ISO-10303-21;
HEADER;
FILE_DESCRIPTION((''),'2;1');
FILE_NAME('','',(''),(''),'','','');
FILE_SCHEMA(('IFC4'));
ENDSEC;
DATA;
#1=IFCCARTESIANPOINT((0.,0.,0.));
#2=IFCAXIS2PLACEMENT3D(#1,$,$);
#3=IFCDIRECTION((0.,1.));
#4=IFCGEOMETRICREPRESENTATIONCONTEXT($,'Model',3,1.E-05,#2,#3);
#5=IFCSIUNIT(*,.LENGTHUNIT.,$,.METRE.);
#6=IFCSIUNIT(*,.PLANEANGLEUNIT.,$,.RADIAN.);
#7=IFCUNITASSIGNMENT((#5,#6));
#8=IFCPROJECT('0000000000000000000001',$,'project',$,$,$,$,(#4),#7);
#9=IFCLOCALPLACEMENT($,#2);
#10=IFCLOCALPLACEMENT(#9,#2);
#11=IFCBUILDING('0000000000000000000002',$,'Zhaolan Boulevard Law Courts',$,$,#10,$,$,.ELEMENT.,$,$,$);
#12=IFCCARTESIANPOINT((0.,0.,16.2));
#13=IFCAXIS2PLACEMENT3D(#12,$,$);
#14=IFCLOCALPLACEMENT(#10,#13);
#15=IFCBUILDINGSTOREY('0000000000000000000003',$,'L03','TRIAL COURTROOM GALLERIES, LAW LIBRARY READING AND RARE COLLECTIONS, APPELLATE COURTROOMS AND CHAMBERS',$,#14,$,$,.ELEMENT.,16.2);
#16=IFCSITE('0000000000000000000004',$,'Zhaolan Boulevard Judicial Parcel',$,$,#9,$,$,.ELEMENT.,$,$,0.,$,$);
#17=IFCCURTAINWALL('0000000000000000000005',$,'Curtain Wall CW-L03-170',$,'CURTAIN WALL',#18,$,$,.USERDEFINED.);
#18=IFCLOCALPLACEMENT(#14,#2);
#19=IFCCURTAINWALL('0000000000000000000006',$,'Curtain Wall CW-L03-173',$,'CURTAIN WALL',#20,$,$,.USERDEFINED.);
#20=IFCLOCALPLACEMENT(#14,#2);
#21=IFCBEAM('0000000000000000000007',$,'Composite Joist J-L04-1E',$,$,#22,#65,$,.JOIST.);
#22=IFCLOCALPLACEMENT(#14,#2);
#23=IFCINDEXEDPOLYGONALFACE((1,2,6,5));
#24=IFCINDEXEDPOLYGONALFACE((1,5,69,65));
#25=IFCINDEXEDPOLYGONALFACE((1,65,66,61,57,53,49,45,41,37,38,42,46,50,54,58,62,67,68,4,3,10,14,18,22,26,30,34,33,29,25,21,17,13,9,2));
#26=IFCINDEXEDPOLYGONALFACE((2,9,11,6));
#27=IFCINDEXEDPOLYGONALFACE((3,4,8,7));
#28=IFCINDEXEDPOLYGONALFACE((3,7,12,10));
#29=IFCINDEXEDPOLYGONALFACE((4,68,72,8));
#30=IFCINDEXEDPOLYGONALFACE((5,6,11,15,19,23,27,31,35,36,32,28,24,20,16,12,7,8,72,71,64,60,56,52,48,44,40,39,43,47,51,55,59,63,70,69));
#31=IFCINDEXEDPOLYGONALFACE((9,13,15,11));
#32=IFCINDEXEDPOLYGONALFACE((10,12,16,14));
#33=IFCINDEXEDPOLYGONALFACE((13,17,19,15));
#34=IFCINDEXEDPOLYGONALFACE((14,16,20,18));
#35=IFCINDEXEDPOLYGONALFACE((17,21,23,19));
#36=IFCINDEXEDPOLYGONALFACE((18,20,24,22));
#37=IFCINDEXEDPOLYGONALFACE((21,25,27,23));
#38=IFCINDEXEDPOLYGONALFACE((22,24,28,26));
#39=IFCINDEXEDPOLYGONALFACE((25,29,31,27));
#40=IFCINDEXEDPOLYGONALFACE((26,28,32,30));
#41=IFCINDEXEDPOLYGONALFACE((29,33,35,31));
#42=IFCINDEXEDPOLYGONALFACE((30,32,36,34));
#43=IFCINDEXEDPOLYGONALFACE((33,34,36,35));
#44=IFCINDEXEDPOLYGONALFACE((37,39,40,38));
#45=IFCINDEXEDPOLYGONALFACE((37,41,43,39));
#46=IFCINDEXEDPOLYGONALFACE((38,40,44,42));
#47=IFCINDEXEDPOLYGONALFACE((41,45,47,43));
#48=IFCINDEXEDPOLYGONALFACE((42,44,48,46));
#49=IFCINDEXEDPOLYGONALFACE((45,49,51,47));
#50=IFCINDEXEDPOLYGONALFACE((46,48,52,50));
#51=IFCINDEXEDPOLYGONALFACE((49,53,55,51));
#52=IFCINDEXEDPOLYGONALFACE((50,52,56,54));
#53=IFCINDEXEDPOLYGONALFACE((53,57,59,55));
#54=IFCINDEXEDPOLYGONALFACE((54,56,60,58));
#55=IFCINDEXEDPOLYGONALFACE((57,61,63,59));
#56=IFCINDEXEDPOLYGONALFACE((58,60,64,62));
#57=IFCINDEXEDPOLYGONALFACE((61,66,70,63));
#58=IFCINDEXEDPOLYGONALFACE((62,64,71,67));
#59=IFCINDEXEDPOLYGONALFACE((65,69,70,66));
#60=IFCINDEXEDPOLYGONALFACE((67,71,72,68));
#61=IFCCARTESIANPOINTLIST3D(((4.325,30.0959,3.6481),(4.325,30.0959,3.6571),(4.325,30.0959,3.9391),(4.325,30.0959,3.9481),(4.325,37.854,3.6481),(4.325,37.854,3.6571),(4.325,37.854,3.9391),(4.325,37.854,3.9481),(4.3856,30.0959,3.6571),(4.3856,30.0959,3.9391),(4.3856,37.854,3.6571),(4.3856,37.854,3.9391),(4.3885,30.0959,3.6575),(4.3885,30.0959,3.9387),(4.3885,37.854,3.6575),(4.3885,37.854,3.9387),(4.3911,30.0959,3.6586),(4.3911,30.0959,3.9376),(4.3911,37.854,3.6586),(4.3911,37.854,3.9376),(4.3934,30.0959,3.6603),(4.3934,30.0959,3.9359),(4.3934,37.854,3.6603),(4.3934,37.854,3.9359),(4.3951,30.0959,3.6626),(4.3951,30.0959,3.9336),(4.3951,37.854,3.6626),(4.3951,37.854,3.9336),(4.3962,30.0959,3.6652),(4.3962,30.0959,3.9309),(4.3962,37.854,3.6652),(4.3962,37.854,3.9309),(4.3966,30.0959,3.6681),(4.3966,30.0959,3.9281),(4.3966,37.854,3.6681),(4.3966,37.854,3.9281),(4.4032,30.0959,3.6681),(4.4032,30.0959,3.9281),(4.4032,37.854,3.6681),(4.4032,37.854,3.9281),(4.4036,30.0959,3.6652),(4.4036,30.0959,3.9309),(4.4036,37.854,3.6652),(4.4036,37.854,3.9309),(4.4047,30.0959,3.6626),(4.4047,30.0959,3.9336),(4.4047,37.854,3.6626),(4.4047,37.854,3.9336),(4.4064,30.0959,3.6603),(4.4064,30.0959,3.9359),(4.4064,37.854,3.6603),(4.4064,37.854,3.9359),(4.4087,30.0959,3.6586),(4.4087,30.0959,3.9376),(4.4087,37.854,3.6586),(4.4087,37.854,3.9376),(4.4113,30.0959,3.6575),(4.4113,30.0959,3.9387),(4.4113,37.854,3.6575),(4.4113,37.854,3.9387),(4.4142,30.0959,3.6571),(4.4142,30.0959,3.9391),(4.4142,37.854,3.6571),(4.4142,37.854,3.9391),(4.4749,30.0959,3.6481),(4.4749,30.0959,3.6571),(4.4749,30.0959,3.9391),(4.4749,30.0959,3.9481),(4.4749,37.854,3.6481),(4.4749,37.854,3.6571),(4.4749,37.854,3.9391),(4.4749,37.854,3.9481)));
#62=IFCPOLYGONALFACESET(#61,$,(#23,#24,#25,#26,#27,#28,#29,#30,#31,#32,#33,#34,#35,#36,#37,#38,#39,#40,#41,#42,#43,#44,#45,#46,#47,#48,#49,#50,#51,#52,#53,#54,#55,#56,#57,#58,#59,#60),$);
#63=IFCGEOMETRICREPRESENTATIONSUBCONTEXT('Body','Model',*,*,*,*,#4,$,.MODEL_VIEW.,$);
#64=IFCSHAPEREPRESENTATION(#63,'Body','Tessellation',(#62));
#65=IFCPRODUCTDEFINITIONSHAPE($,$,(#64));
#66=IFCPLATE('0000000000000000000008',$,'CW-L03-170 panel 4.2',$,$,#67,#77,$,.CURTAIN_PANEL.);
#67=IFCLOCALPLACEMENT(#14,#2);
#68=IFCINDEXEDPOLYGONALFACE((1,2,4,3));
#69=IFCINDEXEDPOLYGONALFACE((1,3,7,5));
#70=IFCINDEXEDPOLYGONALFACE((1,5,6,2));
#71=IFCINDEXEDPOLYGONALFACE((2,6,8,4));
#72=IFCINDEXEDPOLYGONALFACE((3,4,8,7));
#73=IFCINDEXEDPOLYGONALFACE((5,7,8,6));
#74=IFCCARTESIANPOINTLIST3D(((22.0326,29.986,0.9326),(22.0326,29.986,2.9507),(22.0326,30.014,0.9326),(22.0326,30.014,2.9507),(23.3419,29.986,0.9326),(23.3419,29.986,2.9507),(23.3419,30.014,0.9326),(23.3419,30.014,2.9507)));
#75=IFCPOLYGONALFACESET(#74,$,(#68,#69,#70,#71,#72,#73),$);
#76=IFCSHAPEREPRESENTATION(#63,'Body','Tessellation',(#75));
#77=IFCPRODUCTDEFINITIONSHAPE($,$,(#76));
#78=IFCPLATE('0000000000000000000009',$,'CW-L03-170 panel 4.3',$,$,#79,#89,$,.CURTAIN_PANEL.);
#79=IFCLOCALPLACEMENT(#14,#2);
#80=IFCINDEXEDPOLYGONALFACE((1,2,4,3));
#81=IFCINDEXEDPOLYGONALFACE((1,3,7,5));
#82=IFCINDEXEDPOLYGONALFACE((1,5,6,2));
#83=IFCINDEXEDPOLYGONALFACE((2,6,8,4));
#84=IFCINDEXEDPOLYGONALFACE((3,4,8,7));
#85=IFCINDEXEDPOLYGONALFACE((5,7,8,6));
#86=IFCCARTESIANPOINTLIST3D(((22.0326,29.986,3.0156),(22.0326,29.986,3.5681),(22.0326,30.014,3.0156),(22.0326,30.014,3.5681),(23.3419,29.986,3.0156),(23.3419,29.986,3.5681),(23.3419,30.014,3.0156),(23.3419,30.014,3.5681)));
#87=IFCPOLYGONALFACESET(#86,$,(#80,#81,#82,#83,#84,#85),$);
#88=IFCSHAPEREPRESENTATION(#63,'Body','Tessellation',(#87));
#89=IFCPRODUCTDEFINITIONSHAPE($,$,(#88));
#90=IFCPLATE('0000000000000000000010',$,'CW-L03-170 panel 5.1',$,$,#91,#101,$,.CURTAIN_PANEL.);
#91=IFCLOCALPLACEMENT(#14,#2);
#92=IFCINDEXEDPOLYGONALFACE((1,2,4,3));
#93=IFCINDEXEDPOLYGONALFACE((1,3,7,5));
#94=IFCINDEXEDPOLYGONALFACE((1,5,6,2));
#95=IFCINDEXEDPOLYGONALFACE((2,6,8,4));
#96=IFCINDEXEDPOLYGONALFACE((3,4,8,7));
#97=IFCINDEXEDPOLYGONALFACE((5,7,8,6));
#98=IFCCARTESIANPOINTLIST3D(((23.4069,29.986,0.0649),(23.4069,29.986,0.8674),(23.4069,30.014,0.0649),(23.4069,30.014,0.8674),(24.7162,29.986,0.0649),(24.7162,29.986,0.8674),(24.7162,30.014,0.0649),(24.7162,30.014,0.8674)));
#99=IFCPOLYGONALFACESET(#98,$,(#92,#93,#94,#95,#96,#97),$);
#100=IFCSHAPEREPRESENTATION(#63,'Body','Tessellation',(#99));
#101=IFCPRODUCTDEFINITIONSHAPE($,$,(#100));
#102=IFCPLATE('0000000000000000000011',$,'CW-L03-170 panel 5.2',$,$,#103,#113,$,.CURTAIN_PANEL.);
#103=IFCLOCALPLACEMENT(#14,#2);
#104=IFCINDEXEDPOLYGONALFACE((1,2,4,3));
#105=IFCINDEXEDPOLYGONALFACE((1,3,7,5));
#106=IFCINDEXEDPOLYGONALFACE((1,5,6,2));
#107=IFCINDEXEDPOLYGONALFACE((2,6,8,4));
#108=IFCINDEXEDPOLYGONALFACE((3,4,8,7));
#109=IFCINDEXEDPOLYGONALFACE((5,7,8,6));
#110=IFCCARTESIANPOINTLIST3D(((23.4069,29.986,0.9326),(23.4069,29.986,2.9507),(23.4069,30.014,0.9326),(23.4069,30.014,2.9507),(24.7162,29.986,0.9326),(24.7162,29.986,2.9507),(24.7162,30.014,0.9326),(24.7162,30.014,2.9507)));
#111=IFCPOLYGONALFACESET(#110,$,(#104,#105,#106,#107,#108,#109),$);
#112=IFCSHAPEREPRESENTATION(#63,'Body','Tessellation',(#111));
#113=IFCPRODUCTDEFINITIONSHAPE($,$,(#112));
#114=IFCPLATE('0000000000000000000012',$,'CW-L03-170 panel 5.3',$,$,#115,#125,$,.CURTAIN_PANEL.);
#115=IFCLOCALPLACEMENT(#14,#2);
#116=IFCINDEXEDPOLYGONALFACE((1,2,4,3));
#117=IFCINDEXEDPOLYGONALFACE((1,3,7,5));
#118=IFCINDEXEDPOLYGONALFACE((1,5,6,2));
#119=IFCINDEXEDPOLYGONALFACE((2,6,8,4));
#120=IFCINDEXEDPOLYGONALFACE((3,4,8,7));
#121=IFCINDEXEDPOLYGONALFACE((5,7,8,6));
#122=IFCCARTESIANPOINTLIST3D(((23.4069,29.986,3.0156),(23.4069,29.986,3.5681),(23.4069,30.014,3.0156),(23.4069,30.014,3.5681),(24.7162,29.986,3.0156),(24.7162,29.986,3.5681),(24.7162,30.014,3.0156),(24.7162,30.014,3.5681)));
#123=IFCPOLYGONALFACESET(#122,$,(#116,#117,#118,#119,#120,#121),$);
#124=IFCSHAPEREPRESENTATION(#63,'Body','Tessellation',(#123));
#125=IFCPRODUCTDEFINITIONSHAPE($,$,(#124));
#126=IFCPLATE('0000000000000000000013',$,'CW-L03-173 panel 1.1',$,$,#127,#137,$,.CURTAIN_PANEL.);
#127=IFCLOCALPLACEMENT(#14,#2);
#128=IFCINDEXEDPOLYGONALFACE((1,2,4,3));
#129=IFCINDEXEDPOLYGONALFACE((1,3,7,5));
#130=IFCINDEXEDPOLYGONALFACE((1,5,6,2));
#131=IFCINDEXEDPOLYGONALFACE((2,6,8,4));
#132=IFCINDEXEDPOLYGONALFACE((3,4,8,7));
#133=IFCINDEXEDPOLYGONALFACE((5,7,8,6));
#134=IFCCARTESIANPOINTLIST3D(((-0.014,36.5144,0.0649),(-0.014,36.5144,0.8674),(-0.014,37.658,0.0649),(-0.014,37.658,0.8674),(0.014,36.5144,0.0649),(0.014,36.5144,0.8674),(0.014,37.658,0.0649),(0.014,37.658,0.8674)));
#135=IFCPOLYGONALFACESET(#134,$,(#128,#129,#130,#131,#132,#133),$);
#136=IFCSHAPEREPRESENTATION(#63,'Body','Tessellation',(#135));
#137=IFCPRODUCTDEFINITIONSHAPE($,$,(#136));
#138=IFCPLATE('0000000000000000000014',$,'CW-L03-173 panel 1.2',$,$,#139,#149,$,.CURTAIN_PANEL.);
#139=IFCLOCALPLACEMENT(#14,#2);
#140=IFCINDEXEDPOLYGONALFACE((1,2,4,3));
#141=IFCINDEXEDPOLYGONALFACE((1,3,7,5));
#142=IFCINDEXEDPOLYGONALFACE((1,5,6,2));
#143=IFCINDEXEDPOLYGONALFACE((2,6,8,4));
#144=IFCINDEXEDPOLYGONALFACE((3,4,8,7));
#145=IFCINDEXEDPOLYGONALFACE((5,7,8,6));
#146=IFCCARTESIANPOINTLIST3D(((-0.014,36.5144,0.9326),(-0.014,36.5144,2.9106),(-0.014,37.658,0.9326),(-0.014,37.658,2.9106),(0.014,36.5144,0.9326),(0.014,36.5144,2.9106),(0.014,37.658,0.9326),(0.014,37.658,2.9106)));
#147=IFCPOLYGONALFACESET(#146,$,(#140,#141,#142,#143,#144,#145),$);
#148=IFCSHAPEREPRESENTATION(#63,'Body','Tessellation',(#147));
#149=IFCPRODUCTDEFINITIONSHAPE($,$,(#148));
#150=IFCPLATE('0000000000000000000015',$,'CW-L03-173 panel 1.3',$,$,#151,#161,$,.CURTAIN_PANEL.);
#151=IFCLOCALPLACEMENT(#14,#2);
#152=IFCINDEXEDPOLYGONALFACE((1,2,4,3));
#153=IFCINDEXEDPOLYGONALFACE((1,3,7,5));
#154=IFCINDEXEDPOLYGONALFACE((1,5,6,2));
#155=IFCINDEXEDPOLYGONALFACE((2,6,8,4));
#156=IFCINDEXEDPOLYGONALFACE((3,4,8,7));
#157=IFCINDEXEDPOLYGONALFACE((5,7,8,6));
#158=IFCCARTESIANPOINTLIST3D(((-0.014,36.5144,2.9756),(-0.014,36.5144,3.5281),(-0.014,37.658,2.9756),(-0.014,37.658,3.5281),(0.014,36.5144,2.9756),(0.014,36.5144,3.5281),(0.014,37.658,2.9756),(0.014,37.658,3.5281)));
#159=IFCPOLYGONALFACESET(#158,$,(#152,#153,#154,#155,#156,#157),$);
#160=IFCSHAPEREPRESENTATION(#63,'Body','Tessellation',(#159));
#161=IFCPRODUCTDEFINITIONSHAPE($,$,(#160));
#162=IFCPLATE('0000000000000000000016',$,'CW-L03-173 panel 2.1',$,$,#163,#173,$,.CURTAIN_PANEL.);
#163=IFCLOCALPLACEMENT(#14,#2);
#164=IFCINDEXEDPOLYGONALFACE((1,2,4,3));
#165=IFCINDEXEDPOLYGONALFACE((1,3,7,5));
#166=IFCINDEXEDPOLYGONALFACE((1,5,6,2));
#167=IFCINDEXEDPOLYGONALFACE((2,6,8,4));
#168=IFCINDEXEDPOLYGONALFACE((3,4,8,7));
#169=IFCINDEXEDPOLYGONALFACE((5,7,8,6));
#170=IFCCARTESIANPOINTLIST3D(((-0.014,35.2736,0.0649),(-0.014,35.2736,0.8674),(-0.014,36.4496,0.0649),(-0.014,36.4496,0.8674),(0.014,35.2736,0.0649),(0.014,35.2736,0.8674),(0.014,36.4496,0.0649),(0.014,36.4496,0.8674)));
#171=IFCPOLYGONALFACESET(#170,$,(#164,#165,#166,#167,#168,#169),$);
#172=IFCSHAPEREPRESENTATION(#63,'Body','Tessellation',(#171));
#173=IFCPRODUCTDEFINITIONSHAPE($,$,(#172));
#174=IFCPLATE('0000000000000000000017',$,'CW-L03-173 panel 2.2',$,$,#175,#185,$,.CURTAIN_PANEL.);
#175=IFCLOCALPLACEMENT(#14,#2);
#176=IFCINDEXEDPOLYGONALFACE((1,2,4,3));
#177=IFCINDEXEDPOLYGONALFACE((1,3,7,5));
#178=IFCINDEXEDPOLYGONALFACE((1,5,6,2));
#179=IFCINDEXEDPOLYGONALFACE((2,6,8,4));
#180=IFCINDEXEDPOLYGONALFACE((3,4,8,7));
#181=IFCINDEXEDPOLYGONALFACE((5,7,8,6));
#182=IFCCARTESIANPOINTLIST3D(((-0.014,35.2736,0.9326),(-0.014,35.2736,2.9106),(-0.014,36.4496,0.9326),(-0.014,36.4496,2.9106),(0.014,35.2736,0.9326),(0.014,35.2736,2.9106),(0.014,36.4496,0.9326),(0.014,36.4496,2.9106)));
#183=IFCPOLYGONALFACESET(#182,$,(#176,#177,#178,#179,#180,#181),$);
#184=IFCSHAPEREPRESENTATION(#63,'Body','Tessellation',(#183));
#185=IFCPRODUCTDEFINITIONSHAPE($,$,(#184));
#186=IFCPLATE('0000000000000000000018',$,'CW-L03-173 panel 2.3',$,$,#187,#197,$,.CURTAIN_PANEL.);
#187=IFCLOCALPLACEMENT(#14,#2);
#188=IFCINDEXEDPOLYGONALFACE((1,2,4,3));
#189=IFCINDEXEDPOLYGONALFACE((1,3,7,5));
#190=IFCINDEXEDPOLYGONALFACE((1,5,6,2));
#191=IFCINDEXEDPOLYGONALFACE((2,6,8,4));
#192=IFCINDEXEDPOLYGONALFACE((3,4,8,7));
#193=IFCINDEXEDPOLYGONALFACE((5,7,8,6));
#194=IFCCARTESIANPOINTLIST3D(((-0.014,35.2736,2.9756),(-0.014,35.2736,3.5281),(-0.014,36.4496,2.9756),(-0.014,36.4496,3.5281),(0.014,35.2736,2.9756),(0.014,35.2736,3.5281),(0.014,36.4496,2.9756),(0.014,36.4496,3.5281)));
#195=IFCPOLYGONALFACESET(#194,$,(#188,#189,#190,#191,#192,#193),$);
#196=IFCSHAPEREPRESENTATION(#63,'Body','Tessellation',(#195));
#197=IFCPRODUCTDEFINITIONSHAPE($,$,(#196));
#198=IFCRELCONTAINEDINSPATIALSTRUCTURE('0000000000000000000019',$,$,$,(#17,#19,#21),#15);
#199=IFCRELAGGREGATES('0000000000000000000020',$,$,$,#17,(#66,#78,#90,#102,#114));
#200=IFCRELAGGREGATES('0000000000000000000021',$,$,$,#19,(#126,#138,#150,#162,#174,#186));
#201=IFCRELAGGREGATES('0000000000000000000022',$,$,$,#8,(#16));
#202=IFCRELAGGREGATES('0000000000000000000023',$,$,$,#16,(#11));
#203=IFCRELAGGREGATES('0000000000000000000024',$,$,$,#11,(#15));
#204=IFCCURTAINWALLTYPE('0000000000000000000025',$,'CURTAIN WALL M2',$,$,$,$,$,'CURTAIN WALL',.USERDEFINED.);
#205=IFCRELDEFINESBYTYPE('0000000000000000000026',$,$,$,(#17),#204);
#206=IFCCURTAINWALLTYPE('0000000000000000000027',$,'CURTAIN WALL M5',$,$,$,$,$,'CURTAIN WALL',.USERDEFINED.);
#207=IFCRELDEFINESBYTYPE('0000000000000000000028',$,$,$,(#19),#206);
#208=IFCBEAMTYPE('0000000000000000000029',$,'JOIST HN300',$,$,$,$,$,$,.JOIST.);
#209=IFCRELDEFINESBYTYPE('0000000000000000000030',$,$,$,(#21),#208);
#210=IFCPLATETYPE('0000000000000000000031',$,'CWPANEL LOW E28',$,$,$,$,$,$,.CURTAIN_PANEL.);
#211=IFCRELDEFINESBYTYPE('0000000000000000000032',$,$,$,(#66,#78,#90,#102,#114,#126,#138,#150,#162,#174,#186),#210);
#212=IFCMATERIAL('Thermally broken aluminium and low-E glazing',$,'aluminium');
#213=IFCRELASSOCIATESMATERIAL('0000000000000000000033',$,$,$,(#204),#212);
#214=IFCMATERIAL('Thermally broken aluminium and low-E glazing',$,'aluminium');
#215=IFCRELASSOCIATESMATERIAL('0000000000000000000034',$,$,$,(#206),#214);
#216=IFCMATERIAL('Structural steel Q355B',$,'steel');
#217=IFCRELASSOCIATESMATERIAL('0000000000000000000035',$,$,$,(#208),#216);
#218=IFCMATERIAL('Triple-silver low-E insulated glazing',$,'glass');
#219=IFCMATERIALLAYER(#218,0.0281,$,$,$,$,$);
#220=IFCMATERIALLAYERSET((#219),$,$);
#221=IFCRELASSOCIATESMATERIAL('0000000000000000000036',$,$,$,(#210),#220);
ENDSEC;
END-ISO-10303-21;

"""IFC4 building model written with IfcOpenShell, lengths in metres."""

from ifc_helpers import new_model, si_unit, direction, frame, origin, origin_2d, place, context, subcontext, project, spatial, rectangle, i_section, extrude, material, layer, layer_set, material_profile, profile_set, type_object, element, aggregate, save


model = new_model("IFC4")

# Units and contexts
model_context = context("Model", 3, precision=1e-05, world=origin(), true_north=direction((0.0, 1.0)))
body_context = subcontext(model_context, "Body", "Model", "MODEL_VIEW")
ifc_project = project(units=[si_unit("LENGTHUNIT", "METRE"), si_unit("PLANEANGLEUNIT", "RADIAN")], contexts=[model_context])

# Site, building, storey
site_placement = place(None, origin())
site = spatial("IfcSite", under=ifc_project, at=site_placement, Name="Zhaolan Boulevard Judicial Parcel", CompositionType="ELEMENT", RefElevation=0.0)
building_placement = place(site_placement, origin())
building = spatial("IfcBuilding", under=site, at=building_placement, Name="Zhaolan Boulevard Law Courts", CompositionType="ELEMENT")
storey_placement = place(building_placement, frame((0.0, 0.0, 16.2)))
storey = spatial("IfcBuildingStorey", under=building, at=storey_placement, Name="L03", Description="TRIAL COURTROOM GALLERIES, LAW LIBRARY READING AND RARE COLLECTIONS, APPELLATE COURTROOMS AND CHAMBERS", CompositionType="ELEMENT", Elevation=16.2)

# Curtain walls
ifc_material_1 = material(Name="Thermally broken aluminium and low-E glazing", Category="aluminium")
curtain_wall_type_1 = type_object("IfcCurtainWallType", Name="CURTAIN WALL M2", ElementType="CURTAIN WALL", PredefinedType="USERDEFINED", material=ifc_material_1)
curtain_wall_1_placement = place(storey_placement, origin())
curtain_wall_1 = element("IfcCurtainWall", 1, at=curtain_wall_1_placement, inside=storey, type_object=curtain_wall_type_1, Name="Curtain Wall CW-L03-170", ObjectType="CURTAIN WALL", PredefinedType="USERDEFINED")
ifc_material_2 = material(Name="Thermally broken aluminium and low-E glazing", Category="aluminium")
curtain_wall_type_2 = type_object("IfcCurtainWallType", Name="CURTAIN WALL M5", ElementType="CURTAIN WALL", PredefinedType="USERDEFINED", material=ifc_material_2)
curtain_wall_2_placement = place(storey_placement, origin())
curtain_wall_2 = element("IfcCurtainWall", 2, at=curtain_wall_2_placement, inside=storey, type_object=curtain_wall_type_2, Name="Curtain Wall CW-L03-173", ObjectType="CURTAIN WALL", PredefinedType="USERDEFINED")

# Beam
ifc_material_3 = material(Name="Structural steel Q355B", Category="steel")
ifc_material_profile_1 = material_profile(ifc_material_3, i_section(OverallWidth=0.1499, OverallDepth=0.3, WebThickness=0.0066, FlangeThickness=0.009, FilletRadius=0.011, at=origin_2d()), Name="HN300x150")
ifc_profile_set_1 = profile_set([ifc_material_profile_1], Name="Structural steel Q355B")
beam_type_1 = type_object("IfcBeamType", Name="JOIST HN300", PredefinedType="JOIST", material=ifc_profile_set_1)
beam_1_placement = place(storey_placement, frame((4.3999, 30.0959, 3.7981), z_axis=(0.0, 1.0, 0.0), x_axis=(-1.0, 0.0, 0.0)))
element("IfcBeam", 3, at=beam_1_placement, inside=storey, type_object=beam_type_1, Name="Composite Joist J-L04-1E", PredefinedType="JOIST", context=body_context, shape_type="SweptSolid", body=[
    extrude(i_section(OverallWidth=0.1499, OverallDepth=0.3, WebThickness=0.0066, FlangeThickness=0.009, FilletRadius=0.011, at=origin_2d()), origin(), (0.0, 0.0, 1.0), 7.7581),
])

# Plates
ifc_material_4 = material(Name="Triple-silver low-E insulated glazing", Category="glass")
ifc_layer_1 = layer(ifc_material_4, 0.0281)
ifc_layer_set_1 = layer_set([ifc_layer_1])
plate_type = type_object("IfcPlateType", Name="CWPANEL LOW E28", PredefinedType="CURTAIN_PANEL", material=ifc_layer_set_1)
plate_1_placement = place(storey_placement, frame((22.6873, 30.0, 0.9326), z_axis=(0.0, 0.0, 1.0), x_axis=(1.0, 0.0, 0.0)))
plate_1 = element("IfcPlate", 4, at=plate_1_placement, type_object=plate_type, Name="CW-L03-170 panel 4.2", PredefinedType="CURTAIN_PANEL", context=body_context, shape_type="SweptSolid", body=[
    extrude(rectangle(XDim=1.3093, YDim=0.0281, at=origin_2d()), origin(), (0.0, 0.0, 1.0), 2.0181),
])
plate_2_placement = place(storey_placement, frame((22.6873, 30.0, 3.0156), z_axis=(0.0, 0.0, 1.0), x_axis=(1.0, 0.0, 0.0)))
plate_2 = element("IfcPlate", 5, at=plate_2_placement, type_object=plate_type, Name="CW-L03-170 panel 4.3", PredefinedType="CURTAIN_PANEL", context=body_context, shape_type="SweptSolid", body=[
    extrude(rectangle(XDim=1.3093, YDim=0.0281, at=origin_2d()), origin(), (0.0, 0.0, 1.0), 0.5525),
])
plate_3_placement = place(storey_placement, frame((24.0615, 30.0, 0.0649), z_axis=(0.0, 0.0, 1.0), x_axis=(1.0, 0.0, 0.0)))
plate_3 = element("IfcPlate", 6, at=plate_3_placement, type_object=plate_type, Name="CW-L03-170 panel 5.1", PredefinedType="CURTAIN_PANEL", context=body_context, shape_type="SweptSolid", body=[
    extrude(rectangle(XDim=1.3093, YDim=0.0281, at=origin_2d()), origin(), (0.0, 0.0, 1.0), 0.8025),
])
plate_4_placement = place(storey_placement, frame((24.0615, 30.0, 0.9326), z_axis=(0.0, 0.0, 1.0), x_axis=(1.0, 0.0, 0.0)))
plate_4 = element("IfcPlate", 7, at=plate_4_placement, type_object=plate_type, Name="CW-L03-170 panel 5.2", PredefinedType="CURTAIN_PANEL", context=body_context, shape_type="SweptSolid", body=[
    extrude(rectangle(XDim=1.3093, YDim=0.0281, at=origin_2d()), origin(), (0.0, 0.0, 1.0), 2.0181),
])
plate_5_placement = place(storey_placement, frame((24.0615, 30.0, 3.0156), z_axis=(0.0, 0.0, 1.0), x_axis=(1.0, 0.0, 0.0)))
plate_5 = element("IfcPlate", 8, at=plate_5_placement, type_object=plate_type, Name="CW-L03-170 panel 5.3", PredefinedType="CURTAIN_PANEL", context=body_context, shape_type="SweptSolid", body=[
    extrude(rectangle(XDim=1.3093, YDim=0.0281, at=origin_2d()), origin(), (0.0, 0.0, 1.0), 0.5525),
])
aggregate(curtain_wall_1, [plate_1, plate_2, plate_3, plate_4, plate_5])
plate_6_placement = place(storey_placement, frame((0.0, 37.0862, 0.0649), z_axis=(0.0, 0.0, 1.0), x_axis=(0.0, -1.0, 0.0)))
plate_6 = element("IfcPlate", 9, at=plate_6_placement, type_object=plate_type, Name="CW-L03-173 panel 1.1", PredefinedType="CURTAIN_PANEL", context=body_context, shape_type="SweptSolid", body=[
    extrude(rectangle(XDim=1.1436, YDim=0.0281, at=origin_2d()), origin(), (0.0, 0.0, 1.0), 0.8025),
])
plate_7_placement = place(storey_placement, frame((0.0, 37.0862, 0.9326), z_axis=(0.0, 0.0, 1.0), x_axis=(0.0, -1.0, 0.0)))
plate_7 = element("IfcPlate", 10, at=plate_7_placement, type_object=plate_type, Name="CW-L03-173 panel 1.2", PredefinedType="CURTAIN_PANEL", context=body_context, shape_type="SweptSolid", body=[
    extrude(rectangle(XDim=1.1436, YDim=0.0281, at=origin_2d()), origin(), (0.0, 0.0, 1.0), 1.978),
])
plate_8_placement = place(storey_placement, frame((0.0, 37.0862, 2.9756), z_axis=(0.0, 0.0, 1.0), x_axis=(0.0, -1.0, 0.0)))
plate_8 = element("IfcPlate", 11, at=plate_8_placement, type_object=plate_type, Name="CW-L03-173 panel 1.3", PredefinedType="CURTAIN_PANEL", context=body_context, shape_type="SweptSolid", body=[
    extrude(rectangle(XDim=1.1436, YDim=0.0281, at=origin_2d()), origin(), (0.0, 0.0, 1.0), 0.5525),
])
plate_9_placement = place(storey_placement, frame((0.0, 35.8616, 0.0649), z_axis=(0.0, 0.0, 1.0), x_axis=(0.0, -1.0, 0.0)))
plate_9 = element("IfcPlate", 12, at=plate_9_placement, type_object=plate_type, Name="CW-L03-173 panel 2.1", PredefinedType="CURTAIN_PANEL", context=body_context, shape_type="SweptSolid", body=[
    extrude(rectangle(XDim=1.176, YDim=0.0281, at=origin_2d()), origin(), (0.0, 0.0, 1.0), 0.8025),
])
plate_10_placement = place(storey_placement, frame((0.0, 35.8616, 0.9326), z_axis=(0.0, 0.0, 1.0), x_axis=(0.0, -1.0, 0.0)))
plate_10 = element("IfcPlate", 13, at=plate_10_placement, type_object=plate_type, Name="CW-L03-173 panel 2.2", PredefinedType="CURTAIN_PANEL", context=body_context, shape_type="SweptSolid", body=[
    extrude(rectangle(XDim=1.176, YDim=0.0281, at=origin_2d()), origin(), (0.0, 0.0, 1.0), 1.978),
])
plate_11_placement = place(storey_placement, frame((0.0, 35.8616, 2.9756), z_axis=(0.0, 0.0, 1.0), x_axis=(0.0, -1.0, 0.0)))
plate_11 = element("IfcPlate", 14, at=plate_11_placement, type_object=plate_type, Name="CW-L03-173 panel 2.3", PredefinedType="CURTAIN_PANEL", context=body_context, shape_type="SweptSolid", body=[
    extrude(rectangle(XDim=1.176, YDim=0.0281, at=origin_2d()), origin(), (0.0, 0.0, 1.0), 0.5525),
])
aggregate(curtain_wall_2, [plate_6, plate_7, plate_8, plate_9, plate_10, plate_11])

save(model, "model.ifc")
